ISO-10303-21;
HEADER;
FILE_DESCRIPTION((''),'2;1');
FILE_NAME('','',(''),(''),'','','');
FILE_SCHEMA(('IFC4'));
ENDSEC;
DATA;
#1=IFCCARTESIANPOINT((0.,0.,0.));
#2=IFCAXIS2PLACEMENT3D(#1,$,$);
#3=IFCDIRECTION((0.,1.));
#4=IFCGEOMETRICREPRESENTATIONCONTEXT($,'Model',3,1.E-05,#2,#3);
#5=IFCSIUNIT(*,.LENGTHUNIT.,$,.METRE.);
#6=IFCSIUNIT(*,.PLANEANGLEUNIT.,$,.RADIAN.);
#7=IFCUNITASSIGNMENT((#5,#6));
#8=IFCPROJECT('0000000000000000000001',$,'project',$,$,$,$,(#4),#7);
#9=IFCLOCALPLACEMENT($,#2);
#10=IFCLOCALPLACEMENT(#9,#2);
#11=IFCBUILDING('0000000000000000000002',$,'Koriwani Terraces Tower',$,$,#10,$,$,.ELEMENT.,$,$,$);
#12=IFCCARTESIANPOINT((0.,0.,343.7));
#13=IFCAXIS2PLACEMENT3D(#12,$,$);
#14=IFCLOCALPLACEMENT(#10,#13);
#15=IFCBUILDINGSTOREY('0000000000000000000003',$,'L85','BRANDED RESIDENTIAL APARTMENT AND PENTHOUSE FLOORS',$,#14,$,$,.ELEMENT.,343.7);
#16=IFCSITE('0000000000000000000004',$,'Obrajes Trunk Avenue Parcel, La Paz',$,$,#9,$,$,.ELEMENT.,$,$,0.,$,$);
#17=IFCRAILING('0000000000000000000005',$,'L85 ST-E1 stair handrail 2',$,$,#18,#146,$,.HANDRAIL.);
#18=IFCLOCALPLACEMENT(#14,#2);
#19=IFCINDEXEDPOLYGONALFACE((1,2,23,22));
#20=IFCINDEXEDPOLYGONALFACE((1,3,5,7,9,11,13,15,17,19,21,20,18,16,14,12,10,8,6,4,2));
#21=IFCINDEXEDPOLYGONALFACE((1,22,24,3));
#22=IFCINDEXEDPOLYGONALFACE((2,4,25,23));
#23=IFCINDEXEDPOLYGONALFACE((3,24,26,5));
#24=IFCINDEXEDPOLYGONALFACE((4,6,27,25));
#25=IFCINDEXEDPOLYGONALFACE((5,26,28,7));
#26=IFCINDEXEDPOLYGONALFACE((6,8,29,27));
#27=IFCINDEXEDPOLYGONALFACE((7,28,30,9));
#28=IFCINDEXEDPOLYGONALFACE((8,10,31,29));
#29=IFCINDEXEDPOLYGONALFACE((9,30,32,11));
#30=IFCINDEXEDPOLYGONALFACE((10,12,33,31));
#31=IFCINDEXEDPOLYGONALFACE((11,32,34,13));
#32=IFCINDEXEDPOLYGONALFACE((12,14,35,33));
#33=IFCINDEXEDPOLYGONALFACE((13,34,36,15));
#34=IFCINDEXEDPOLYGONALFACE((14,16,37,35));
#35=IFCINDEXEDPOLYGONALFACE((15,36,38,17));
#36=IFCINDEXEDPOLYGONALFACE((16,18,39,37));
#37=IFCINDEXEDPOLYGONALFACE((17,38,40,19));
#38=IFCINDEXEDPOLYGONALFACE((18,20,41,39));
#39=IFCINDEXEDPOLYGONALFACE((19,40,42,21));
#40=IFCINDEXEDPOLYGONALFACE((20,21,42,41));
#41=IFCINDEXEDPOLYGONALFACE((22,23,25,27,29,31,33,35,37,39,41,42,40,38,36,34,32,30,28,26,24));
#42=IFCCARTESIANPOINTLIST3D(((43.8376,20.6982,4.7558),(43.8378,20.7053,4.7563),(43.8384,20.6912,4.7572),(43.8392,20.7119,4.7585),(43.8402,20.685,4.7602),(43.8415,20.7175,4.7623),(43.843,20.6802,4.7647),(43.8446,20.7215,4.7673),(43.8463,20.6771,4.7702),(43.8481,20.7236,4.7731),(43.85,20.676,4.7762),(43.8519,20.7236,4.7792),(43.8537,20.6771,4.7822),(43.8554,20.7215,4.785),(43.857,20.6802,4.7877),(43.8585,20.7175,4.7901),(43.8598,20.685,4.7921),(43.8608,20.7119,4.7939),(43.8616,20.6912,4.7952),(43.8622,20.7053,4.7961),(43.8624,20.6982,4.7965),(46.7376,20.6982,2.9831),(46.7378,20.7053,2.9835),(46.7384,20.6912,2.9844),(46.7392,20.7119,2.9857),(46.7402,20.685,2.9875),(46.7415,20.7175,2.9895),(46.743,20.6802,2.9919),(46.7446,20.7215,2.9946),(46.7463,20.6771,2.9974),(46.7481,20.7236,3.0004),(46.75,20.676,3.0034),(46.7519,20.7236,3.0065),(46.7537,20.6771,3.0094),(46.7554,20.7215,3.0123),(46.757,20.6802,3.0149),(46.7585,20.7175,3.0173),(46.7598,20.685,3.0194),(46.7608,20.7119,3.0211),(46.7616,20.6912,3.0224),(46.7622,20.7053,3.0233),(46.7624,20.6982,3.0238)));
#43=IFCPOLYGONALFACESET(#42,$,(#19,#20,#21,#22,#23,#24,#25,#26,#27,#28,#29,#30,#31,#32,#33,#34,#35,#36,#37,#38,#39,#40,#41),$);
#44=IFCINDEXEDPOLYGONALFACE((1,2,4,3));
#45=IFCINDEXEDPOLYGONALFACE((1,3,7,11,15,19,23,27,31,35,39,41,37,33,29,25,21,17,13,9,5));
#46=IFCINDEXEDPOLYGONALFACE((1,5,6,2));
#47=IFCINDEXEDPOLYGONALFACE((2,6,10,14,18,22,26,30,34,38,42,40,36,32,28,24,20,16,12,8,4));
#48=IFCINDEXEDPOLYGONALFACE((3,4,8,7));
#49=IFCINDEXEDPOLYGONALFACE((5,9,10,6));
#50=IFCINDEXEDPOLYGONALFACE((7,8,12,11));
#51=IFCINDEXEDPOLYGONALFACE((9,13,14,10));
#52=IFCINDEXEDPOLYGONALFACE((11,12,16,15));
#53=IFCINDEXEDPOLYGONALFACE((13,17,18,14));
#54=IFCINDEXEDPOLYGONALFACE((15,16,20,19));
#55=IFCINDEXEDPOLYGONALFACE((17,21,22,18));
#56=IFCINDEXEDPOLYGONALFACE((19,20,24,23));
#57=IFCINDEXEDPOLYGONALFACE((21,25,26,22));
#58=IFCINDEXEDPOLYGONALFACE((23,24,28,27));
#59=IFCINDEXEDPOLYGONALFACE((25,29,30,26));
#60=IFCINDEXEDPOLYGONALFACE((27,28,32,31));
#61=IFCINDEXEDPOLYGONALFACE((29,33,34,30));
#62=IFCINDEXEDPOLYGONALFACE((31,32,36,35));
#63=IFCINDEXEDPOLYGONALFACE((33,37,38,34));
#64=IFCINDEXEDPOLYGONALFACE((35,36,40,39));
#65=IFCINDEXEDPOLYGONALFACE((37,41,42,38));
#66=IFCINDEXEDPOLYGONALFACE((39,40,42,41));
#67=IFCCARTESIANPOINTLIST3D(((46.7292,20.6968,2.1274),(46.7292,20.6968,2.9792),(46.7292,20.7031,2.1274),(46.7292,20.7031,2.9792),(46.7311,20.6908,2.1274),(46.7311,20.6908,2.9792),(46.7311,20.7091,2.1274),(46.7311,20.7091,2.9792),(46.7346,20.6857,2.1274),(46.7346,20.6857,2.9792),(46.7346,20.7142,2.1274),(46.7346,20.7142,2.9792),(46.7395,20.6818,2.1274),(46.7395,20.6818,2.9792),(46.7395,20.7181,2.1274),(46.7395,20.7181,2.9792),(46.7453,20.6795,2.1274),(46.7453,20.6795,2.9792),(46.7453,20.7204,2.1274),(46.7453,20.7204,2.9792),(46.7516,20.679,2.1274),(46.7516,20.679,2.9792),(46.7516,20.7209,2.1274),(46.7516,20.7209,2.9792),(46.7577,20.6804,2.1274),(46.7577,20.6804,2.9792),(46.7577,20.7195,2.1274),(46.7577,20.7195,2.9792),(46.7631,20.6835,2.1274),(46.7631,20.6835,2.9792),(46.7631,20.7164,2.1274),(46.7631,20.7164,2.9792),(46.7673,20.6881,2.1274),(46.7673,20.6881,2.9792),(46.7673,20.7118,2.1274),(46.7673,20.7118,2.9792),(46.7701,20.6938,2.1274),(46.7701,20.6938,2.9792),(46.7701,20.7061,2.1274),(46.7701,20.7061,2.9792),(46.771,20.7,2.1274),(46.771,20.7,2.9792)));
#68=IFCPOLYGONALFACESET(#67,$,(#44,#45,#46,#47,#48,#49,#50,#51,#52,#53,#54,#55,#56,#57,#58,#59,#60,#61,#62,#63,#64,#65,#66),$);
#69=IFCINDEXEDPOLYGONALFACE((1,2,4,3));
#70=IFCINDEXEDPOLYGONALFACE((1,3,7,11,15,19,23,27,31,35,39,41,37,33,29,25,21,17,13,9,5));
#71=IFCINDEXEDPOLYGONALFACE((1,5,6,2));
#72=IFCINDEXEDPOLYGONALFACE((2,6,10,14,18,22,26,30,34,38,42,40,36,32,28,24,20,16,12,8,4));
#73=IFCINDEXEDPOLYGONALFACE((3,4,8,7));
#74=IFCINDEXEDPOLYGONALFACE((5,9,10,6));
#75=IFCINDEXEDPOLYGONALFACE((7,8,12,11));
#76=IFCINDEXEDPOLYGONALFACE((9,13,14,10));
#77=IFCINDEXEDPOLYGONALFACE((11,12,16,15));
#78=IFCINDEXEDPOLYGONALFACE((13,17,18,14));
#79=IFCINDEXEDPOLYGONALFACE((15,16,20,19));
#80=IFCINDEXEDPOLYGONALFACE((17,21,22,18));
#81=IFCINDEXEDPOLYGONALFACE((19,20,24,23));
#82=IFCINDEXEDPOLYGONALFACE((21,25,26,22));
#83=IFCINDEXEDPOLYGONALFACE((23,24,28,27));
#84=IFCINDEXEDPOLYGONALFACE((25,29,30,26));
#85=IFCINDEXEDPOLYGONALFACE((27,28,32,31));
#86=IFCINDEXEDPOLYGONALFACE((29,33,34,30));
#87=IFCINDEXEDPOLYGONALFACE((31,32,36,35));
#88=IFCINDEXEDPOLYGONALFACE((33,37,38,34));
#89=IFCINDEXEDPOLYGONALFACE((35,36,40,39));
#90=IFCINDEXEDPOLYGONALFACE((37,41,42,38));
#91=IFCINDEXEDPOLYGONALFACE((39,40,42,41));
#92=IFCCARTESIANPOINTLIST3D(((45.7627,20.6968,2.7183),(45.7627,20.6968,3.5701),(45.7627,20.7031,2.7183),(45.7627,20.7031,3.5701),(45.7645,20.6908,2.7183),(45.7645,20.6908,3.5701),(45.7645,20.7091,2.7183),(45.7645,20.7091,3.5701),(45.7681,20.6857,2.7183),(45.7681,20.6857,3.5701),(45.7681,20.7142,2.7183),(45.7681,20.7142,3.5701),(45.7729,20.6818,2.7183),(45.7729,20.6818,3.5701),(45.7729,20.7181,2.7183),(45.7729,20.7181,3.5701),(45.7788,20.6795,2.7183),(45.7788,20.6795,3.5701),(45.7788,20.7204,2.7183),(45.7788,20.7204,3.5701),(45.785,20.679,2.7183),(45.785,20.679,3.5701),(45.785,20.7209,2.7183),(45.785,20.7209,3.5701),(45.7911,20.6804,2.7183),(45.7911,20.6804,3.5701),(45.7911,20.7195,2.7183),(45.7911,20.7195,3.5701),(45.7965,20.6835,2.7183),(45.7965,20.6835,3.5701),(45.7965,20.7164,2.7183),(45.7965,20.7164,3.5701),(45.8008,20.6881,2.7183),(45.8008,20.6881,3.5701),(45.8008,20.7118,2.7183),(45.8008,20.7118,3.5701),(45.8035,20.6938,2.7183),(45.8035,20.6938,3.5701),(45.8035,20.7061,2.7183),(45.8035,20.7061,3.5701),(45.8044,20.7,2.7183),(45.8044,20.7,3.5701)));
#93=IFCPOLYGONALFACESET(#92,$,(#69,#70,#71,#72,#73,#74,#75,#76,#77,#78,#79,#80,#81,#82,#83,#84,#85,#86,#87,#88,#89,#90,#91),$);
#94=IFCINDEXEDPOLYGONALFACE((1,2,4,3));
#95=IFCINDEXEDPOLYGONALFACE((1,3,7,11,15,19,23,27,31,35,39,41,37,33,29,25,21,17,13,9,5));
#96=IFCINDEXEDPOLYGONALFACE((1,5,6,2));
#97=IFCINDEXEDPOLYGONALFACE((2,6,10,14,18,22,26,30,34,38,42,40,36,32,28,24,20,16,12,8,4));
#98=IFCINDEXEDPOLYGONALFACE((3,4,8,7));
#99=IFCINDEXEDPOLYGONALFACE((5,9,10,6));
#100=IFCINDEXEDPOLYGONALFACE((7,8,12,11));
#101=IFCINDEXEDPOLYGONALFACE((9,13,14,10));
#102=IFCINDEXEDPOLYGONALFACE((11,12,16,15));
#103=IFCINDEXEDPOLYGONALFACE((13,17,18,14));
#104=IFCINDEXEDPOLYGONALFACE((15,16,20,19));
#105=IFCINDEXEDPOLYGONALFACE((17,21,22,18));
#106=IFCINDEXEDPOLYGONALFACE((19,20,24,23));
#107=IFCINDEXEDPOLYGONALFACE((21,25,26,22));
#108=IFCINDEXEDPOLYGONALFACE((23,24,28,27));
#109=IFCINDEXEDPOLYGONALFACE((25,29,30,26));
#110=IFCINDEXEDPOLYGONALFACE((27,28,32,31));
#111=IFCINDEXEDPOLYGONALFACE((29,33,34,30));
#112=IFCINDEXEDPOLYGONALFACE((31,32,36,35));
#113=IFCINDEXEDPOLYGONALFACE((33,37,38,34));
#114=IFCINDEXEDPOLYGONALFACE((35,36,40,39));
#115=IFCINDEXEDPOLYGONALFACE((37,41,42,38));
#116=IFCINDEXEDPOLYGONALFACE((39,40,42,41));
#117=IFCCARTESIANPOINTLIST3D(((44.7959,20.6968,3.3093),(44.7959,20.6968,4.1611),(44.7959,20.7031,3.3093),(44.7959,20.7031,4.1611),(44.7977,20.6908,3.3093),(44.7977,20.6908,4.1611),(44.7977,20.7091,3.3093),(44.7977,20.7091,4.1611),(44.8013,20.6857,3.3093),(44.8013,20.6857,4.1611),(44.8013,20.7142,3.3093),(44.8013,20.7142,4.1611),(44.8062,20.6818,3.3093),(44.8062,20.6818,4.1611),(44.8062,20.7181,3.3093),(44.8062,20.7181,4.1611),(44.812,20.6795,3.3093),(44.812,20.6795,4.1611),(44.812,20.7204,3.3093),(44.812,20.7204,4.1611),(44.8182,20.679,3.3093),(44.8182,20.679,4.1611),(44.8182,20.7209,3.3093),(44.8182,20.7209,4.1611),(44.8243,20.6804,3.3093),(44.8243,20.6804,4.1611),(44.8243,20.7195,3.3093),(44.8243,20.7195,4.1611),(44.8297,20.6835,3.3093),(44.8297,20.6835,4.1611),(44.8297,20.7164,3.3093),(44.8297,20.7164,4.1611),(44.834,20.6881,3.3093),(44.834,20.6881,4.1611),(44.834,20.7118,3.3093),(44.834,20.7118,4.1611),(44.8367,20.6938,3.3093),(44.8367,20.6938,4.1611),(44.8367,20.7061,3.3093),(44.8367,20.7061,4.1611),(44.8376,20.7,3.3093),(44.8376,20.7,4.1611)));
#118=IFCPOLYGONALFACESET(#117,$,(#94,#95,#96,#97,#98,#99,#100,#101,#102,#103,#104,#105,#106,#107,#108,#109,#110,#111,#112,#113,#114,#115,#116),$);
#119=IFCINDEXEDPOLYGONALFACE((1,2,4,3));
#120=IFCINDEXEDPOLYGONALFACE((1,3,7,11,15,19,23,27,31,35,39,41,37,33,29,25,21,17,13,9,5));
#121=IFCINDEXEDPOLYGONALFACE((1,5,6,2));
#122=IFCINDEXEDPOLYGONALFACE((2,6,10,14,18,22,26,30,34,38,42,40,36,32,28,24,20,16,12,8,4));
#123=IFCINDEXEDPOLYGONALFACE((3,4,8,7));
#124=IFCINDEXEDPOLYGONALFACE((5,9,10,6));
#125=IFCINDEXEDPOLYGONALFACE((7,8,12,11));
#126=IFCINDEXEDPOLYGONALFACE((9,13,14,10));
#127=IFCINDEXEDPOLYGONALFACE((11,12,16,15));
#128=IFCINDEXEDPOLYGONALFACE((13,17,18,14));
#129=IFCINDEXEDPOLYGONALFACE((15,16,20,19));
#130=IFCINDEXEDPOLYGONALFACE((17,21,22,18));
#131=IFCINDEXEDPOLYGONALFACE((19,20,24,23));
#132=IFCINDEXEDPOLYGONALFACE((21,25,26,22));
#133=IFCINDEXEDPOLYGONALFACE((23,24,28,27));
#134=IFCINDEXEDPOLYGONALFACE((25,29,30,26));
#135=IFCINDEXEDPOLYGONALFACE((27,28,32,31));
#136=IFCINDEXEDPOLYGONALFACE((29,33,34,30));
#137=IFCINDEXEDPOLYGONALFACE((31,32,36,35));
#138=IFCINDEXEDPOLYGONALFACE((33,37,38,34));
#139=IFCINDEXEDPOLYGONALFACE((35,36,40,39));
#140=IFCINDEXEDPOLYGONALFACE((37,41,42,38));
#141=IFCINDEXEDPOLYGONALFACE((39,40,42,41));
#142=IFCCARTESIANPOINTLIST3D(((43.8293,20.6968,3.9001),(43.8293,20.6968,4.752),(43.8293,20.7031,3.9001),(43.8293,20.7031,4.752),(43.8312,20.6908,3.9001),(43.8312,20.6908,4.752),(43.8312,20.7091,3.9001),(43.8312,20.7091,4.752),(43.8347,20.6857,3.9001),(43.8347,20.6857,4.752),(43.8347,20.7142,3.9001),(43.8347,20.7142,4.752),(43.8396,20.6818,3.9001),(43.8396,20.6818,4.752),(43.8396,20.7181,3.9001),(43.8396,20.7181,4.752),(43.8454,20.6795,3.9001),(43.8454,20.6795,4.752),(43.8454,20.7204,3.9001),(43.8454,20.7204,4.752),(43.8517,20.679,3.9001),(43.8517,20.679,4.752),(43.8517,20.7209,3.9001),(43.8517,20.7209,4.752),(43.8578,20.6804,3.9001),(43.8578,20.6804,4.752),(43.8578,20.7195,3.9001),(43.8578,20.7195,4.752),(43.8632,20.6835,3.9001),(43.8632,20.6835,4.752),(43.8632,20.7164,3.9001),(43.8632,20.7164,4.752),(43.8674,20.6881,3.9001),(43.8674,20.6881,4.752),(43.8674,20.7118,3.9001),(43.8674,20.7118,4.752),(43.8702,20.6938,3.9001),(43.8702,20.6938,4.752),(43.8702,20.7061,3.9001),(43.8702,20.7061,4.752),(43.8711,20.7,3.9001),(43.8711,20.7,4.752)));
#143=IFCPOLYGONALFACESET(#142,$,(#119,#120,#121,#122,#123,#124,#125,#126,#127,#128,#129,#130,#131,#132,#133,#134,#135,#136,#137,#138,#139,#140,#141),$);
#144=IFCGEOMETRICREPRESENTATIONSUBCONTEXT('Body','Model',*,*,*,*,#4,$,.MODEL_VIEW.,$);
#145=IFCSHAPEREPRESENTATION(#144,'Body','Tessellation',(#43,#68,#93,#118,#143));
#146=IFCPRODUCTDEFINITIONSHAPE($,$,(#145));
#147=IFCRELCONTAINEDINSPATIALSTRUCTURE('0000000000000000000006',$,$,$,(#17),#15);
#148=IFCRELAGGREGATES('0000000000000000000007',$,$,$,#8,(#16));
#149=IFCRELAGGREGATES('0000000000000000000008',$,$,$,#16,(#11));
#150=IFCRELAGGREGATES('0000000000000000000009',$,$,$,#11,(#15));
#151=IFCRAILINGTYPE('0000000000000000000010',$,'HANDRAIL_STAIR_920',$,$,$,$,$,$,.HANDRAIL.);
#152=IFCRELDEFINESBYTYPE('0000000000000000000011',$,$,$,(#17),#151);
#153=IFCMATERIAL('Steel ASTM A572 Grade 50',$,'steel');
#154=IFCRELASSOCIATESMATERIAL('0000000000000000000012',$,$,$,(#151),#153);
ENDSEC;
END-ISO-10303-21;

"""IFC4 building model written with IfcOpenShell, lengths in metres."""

from ifc_helpers import new_model, si_unit, direction, frame, origin, origin_2d, place, context, subcontext, project, spatial, circle, extrude, material, type_object, element, save


model = new_model("IFC4")

# Units and contexts
model_context = context("Model", 3, precision=1e-05, world=origin(), true_north=direction((0.0, 1.0)))
body_context = subcontext(model_context, "Body", "Model", "MODEL_VIEW")
ifc_project = project(units=[si_unit("LENGTHUNIT", "METRE"), si_unit("PLANEANGLEUNIT", "RADIAN")], contexts=[model_context])

# Site, building, storey
site_placement = place(None, origin())
site = spatial("IfcSite", under=ifc_project, at=site_placement, Name="Obrajes Trunk Avenue Parcel, La Paz", CompositionType="ELEMENT", RefElevation=0.0)
building_placement = place(site_placement, origin())
building = spatial("IfcBuilding", under=site, at=building_placement, Name="Koriwani Terraces Tower", CompositionType="ELEMENT")
storey_placement = place(building_placement, frame((0.0, 0.0, 343.7)))
storey = spatial("IfcBuildingStorey", under=building, at=storey_placement, Name="L85", Description="BRANDED RESIDENTIAL APARTMENT AND PENTHOUSE FLOORS", CompositionType="ELEMENT", Elevation=343.7)

# Shared definitions
ifc_material_1 = material(Name="Steel ASTM A572 Grade 50", Category="steel")

# Railing
railing_type = type_object("IfcRailingType", Name="HANDRAIL_STAIR_920", PredefinedType="HANDRAIL", material=ifc_material_1)
railing_placement = place(storey_placement, frame((46.75, 20.7, 2.1274)))
element("IfcRailing", 1, at=railing_placement, inside=storey, type_object=railing_type, Name="L85 ST-E1 stair handrail 2", PredefinedType="HANDRAIL", context=body_context, shape_type="SweptSolid", body=[
    extrude(circle(Radius=0.0239, at=origin_2d()), frame((0.0, 0.0, 0.876), z_axis=(-0.853211, 0.0, 0.521566), x_axis=(0.0, -1.0, 0.0)), (0.0, 0.0, 1.0), 3.3989),
    extrude(circle(Radius=0.021, at=origin_2d()), origin(), (0.0, 0.0, 1.0), 0.8518),
    extrude(circle(Radius=0.021, at=origin_2d()), frame((-0.9666, 0.0, 0.5908)), (0.0, 0.0, 1.0), 0.8518),
    extrude(circle(Radius=0.021, at=origin_2d()), frame((-1.9333, 0.0, 1.1819)), (0.0, 0.0, 1.0), 0.8518),
    extrude(circle(Radius=0.021, at=origin_2d()), frame((-2.8999, 0.0, 1.7727)), (0.0, 0.0, 1.0), 0.8518),
])

save(model, "model.ifc")
